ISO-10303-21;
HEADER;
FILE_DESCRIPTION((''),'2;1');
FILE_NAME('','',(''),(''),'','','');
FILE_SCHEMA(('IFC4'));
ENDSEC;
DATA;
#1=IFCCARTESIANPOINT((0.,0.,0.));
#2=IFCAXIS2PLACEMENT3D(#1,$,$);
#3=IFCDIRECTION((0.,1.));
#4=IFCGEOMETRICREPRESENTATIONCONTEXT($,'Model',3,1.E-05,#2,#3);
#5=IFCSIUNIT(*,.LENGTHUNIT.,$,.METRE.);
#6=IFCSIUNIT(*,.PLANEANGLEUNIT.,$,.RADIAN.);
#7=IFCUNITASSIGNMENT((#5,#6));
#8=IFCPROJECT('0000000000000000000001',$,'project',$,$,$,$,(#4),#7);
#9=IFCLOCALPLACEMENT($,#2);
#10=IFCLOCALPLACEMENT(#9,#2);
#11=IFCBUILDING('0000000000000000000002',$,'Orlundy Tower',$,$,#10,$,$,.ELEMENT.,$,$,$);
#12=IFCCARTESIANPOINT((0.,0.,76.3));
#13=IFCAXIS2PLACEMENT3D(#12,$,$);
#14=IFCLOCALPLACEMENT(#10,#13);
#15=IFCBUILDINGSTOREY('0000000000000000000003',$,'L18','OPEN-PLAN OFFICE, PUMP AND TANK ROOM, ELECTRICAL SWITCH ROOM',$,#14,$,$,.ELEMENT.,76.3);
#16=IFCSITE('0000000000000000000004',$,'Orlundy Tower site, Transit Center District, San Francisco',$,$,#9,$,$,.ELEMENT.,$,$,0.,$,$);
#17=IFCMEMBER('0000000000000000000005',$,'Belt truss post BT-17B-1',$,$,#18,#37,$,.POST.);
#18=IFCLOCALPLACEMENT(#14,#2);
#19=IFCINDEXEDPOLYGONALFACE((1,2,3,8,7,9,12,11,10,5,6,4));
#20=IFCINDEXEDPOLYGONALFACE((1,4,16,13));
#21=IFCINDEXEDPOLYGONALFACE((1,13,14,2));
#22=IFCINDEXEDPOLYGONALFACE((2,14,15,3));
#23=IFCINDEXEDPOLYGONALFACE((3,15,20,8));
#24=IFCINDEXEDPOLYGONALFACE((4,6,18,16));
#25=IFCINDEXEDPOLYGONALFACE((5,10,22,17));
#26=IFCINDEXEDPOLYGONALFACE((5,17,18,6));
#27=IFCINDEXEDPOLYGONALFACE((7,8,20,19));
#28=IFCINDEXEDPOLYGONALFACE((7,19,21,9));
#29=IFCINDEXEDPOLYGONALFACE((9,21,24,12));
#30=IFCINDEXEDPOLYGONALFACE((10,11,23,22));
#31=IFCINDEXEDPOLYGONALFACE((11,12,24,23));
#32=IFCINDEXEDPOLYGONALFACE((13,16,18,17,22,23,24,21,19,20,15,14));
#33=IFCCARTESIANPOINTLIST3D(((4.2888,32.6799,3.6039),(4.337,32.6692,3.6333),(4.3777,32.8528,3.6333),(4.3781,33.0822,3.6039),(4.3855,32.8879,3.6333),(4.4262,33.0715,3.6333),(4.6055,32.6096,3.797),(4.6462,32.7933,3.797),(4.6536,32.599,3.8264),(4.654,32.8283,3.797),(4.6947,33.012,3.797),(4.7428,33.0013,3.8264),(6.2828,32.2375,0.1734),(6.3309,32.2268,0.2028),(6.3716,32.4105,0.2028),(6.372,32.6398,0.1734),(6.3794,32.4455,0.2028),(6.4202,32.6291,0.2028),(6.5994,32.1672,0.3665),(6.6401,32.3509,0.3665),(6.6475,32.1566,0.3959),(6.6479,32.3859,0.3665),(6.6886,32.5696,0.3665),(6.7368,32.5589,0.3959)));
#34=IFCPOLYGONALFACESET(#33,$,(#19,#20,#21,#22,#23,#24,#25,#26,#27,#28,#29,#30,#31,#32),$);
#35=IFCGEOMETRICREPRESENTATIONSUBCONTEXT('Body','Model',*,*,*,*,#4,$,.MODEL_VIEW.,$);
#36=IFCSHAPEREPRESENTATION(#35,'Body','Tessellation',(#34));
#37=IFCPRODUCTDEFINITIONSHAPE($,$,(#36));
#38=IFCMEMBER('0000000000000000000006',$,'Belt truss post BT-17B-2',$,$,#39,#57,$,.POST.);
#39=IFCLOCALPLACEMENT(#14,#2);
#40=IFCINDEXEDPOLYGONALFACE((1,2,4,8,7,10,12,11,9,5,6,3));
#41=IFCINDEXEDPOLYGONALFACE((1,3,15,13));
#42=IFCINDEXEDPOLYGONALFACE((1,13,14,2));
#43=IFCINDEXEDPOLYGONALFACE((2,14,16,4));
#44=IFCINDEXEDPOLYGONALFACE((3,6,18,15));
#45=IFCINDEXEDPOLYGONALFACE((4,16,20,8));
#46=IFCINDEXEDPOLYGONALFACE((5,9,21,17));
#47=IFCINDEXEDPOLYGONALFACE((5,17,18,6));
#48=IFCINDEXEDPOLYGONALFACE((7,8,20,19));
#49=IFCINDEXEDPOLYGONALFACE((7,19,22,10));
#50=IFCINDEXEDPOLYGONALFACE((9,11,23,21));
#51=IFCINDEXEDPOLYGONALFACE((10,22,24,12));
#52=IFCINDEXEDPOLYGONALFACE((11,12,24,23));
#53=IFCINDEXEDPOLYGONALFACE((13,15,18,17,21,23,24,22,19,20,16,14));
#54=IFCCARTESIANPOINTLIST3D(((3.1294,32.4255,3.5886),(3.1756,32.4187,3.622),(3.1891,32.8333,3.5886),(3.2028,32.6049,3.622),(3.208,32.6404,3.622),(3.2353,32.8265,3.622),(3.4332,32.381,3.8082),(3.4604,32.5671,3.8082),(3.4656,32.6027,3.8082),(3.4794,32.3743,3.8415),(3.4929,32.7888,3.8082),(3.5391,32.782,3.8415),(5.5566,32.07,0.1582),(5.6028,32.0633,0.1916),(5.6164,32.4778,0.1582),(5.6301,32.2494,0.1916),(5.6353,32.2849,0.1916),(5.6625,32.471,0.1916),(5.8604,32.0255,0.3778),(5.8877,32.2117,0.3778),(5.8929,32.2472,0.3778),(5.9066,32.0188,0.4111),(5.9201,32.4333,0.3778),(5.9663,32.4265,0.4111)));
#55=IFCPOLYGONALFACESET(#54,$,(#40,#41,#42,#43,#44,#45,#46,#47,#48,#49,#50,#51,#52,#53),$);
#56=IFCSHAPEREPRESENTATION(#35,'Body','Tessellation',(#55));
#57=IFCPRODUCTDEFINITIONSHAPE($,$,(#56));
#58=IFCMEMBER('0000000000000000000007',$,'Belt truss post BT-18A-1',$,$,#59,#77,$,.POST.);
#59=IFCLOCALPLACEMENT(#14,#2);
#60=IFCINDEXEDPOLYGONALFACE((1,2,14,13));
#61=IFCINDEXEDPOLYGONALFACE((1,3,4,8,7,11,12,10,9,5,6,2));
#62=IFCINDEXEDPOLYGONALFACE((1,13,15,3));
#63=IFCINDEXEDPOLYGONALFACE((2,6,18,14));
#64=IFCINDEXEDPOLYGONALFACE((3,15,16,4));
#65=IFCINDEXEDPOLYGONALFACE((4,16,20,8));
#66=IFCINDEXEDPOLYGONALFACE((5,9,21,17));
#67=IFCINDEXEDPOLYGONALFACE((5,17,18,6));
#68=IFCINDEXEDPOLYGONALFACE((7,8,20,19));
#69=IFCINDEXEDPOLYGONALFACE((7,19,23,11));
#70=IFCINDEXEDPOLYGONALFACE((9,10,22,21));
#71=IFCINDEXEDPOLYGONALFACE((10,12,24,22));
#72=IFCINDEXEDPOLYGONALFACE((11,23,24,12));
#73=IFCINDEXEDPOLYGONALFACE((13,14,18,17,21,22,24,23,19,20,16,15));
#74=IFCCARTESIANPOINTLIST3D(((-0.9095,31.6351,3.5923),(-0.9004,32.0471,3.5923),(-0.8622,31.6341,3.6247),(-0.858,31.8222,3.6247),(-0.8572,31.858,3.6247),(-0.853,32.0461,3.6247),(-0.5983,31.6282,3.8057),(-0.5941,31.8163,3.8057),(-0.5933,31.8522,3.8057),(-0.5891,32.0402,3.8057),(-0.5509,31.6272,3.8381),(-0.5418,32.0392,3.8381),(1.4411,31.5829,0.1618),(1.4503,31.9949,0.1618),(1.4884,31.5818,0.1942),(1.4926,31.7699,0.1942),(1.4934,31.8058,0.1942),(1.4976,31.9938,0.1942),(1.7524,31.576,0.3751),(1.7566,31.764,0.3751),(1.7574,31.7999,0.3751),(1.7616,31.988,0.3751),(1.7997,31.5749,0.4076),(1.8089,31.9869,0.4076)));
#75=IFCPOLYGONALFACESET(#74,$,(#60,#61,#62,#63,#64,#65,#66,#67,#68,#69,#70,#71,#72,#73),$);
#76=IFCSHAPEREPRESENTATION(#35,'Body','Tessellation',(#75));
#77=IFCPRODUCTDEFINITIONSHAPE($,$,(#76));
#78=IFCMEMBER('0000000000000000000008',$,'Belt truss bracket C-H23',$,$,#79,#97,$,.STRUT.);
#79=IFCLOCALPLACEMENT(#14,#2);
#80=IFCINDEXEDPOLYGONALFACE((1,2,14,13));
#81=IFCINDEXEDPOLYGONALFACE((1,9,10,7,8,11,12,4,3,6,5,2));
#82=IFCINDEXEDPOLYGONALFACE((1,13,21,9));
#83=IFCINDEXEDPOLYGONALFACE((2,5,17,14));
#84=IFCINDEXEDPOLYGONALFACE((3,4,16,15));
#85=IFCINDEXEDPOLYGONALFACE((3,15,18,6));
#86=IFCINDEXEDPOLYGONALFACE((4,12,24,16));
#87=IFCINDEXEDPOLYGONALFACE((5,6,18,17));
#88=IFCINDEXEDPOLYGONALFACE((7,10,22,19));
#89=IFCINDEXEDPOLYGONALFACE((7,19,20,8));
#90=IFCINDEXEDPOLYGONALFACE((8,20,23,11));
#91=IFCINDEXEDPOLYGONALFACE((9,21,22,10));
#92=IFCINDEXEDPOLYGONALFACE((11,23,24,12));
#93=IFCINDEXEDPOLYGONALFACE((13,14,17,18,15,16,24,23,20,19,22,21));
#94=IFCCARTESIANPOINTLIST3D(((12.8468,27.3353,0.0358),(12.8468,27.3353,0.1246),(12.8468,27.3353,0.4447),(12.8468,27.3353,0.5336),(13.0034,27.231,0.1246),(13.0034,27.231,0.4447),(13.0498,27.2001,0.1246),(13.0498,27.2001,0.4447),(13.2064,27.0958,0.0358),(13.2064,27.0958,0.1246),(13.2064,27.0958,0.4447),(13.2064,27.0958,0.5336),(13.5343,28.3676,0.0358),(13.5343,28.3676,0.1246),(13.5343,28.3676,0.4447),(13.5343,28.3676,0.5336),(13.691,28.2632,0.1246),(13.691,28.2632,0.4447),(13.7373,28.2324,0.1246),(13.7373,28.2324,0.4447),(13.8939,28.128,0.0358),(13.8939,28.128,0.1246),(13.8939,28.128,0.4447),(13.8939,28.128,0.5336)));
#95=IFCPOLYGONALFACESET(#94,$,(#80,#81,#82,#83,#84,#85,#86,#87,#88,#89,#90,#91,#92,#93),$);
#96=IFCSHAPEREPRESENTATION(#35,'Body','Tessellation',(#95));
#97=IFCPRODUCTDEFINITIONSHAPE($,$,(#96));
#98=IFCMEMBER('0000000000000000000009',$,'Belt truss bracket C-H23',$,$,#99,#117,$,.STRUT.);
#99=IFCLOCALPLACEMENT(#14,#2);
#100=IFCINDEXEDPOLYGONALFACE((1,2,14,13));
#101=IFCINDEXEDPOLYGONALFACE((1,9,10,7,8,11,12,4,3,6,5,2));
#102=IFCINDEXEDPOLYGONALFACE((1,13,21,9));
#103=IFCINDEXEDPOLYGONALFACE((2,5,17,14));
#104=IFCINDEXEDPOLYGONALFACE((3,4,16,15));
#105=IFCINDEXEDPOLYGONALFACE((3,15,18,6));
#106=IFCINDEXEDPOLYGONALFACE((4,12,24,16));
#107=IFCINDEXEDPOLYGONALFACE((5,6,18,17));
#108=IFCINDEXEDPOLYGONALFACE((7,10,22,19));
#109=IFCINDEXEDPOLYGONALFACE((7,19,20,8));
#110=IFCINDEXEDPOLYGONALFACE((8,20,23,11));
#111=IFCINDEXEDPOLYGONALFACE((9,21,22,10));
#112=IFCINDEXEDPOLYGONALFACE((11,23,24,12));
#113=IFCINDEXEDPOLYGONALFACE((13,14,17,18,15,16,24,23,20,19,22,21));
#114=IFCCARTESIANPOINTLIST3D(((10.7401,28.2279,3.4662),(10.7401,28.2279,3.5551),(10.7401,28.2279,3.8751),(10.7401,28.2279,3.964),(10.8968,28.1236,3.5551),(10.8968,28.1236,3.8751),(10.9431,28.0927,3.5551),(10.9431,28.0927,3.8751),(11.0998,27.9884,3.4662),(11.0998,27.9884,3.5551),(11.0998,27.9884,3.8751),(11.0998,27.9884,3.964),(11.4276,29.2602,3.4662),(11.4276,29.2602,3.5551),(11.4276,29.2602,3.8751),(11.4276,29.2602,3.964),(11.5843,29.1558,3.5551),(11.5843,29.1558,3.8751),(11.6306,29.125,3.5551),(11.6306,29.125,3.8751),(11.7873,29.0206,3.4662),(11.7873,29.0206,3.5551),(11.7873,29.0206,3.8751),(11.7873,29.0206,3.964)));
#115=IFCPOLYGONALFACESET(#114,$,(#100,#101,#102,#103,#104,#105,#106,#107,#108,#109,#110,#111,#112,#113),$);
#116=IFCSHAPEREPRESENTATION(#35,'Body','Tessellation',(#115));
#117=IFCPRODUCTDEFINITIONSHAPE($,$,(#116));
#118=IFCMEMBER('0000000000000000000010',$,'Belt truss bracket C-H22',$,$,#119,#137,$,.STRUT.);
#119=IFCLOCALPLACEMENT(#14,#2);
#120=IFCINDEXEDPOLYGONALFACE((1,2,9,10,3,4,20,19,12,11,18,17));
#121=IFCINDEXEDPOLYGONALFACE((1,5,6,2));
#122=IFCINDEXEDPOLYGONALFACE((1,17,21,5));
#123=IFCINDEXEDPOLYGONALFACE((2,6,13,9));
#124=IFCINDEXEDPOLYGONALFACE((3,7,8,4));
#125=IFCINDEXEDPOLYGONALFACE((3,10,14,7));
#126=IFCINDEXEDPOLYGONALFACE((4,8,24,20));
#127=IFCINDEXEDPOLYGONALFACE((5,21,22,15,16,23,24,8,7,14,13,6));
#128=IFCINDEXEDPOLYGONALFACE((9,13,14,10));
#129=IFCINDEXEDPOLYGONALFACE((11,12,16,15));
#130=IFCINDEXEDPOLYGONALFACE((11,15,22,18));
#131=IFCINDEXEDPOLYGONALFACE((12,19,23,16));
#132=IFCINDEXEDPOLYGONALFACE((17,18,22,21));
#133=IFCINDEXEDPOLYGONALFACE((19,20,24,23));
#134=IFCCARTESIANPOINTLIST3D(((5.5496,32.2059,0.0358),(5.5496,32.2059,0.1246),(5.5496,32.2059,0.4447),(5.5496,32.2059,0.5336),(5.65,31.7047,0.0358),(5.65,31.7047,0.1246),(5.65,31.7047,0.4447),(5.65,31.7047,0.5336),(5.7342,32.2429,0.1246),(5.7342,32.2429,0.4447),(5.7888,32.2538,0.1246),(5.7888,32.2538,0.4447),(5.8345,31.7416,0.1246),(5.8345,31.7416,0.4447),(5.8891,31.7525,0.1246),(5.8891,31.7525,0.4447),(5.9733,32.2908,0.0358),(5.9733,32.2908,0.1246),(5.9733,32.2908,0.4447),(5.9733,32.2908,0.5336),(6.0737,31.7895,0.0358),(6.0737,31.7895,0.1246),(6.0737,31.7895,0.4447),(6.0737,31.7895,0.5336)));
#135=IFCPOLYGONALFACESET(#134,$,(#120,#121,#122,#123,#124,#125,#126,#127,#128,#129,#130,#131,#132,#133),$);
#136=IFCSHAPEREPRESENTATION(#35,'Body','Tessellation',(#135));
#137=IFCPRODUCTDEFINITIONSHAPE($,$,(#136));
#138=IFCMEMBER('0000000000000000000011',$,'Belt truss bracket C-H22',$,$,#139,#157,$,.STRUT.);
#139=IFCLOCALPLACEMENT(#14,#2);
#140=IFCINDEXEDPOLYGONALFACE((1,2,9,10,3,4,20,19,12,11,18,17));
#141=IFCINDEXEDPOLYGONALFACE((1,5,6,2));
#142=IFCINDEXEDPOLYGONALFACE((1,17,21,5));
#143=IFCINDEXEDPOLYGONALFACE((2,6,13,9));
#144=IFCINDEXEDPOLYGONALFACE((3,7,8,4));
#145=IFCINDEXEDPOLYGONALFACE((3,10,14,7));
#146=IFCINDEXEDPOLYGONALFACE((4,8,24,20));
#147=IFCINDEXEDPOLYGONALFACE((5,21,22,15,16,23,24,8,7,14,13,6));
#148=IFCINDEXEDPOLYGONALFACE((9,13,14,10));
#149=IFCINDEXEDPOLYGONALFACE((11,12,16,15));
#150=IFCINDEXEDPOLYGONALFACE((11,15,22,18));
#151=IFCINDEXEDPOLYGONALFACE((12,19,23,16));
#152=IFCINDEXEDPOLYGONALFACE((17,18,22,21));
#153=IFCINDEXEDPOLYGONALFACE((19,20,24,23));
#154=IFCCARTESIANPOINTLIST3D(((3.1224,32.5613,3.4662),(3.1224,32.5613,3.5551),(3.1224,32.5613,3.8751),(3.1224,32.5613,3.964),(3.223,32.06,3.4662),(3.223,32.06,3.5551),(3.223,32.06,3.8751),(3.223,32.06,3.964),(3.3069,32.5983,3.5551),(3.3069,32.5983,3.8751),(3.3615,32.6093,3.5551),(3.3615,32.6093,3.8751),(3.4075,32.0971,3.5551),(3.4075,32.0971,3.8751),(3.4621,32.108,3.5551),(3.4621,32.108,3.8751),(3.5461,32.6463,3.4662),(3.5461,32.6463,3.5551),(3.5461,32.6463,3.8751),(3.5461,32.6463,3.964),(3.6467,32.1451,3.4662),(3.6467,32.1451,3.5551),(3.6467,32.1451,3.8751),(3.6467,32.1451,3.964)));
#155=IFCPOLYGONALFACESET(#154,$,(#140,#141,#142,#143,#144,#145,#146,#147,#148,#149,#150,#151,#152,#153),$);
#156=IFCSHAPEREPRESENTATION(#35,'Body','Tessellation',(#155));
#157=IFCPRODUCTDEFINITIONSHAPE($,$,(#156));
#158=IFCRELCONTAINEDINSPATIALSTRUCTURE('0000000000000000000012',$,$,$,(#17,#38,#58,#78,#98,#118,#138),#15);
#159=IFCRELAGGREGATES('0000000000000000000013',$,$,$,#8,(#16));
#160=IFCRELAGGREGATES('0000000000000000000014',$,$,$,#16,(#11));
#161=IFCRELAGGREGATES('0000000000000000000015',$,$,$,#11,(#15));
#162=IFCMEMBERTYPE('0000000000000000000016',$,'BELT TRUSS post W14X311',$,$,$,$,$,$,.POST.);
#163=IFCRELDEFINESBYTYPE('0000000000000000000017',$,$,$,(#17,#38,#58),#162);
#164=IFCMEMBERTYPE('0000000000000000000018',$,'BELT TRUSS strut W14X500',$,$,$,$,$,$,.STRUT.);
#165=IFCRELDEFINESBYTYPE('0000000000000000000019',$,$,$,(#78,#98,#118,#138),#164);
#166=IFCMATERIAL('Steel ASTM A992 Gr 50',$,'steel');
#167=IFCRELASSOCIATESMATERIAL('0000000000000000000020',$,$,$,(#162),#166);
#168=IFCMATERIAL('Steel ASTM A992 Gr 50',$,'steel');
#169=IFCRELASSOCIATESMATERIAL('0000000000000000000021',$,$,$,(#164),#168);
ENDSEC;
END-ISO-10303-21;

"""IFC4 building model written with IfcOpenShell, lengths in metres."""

from ifc_helpers import new_model, si_unit, direction, frame, origin, origin_2d, place, context, subcontext, project, spatial, i_section, extrude, material, material_profile, profile_set, type_object, element, save


model = new_model("IFC4")

# Units and contexts
model_context = context("Model", 3, precision=1e-05, world=origin(), true_north=direction((0.0, 1.0)))
body_context = subcontext(model_context, "Body", "Model", "MODEL_VIEW")
ifc_project = project(units=[si_unit("LENGTHUNIT", "METRE"), si_unit("PLANEANGLEUNIT", "RADIAN")], contexts=[model_context])

# Site, building, storey
site_placement = place(None, origin())
site = spatial("IfcSite", under=ifc_project, at=site_placement, Name="Orlundy Tower site, Transit Center District, San Francisco", CompositionType="ELEMENT", RefElevation=0.0)
building_placement = place(site_placement, origin())
building = spatial("IfcBuilding", under=site, at=building_placement, Name="Orlundy Tower", CompositionType="ELEMENT")
storey_placement = place(building_placement, frame((0.0, 0.0, 76.3)))
storey = spatial("IfcBuildingStorey", under=building, at=storey_placement, Name="L18", Description="OPEN-PLAN OFFICE, PUMP AND TANK ROOM, ELECTRICAL SWITCH ROOM", CompositionType="ELEMENT", Elevation=76.3)

# Members
ifc_material_1 = material(Name="Steel ASTM A992 Gr 50", Category="steel")
ifc_material_profile_1 = material_profile(ifc_material_1, i_section(OverallWidth=0.4121, OverallDepth=0.4348, WebThickness=0.0359, FlangeThickness=0.0574, at=origin_2d()), Name="W14X311")
ifc_profile_set_1 = profile_set([ifc_material_profile_1], Name="Steel ASTM A992 Gr 50")
member_type_1 = type_object("IfcMemberType", Name="BELT TRUSS post W14X311", PredefinedType="POST", material=ifc_profile_set_1)
member_1_placement = place(storey_placement, frame((6.5098, 32.3982, 0.2847), z_axis=(-0.499425, 0.110807, 0.859242), x_axis=(-0.216601, -0.97626, 0.0)))
element("IfcMember", 1, at=member_1_placement, inside=storey, type_object=member_type_1, Name="Belt truss post BT-17B-1", PredefinedType="POST", context=body_context, shape_type="SweptSolid", body=[
    extrude(i_section(OverallWidth=0.4121, OverallDepth=0.4348, WebThickness=0.0359, FlangeThickness=0.0574, at=origin_2d()), origin(), (0.0, 0.0, 1.0), 3.9924),
])
member_2_placement = place(storey_placement, frame((5.7615, 32.2483, 0.2847), z_axis=(-0.575544, 0.084288, 0.813415), x_axis=(-0.144904, -0.989446, 0.0)))
element("IfcMember", 2, at=member_2_placement, inside=storey, type_object=member_type_1, Name="Belt truss post BT-17B-2", PredefinedType="POST", context=body_context, shape_type="SweptSolid", body=[
    extrude(i_section(OverallWidth=0.4121, OverallDepth=0.4348, WebThickness=0.0359, FlangeThickness=0.0574, at=origin_2d()), origin(), (0.0, 0.0, 1.0), 4.2173),
])
member_3_placement = place(storey_placement, frame((1.625, 31.7849, 0.2847), z_axis=(-0.565205, 0.012563, 0.824855), x_axis=(-0.022221, -0.999753, 0.0)))
element("IfcMember", 3, at=member_3_placement, inside=storey, type_object=member_type_1, Name="Belt truss post BT-18A-1", PredefinedType="POST", context=body_context, shape_type="SweptSolid", body=[
    extrude(i_section(OverallWidth=0.4121, OverallDepth=0.4348, WebThickness=0.0359, FlangeThickness=0.0574, at=origin_2d()), origin(), (0.0, 0.0, 1.0), 4.1589),
])
ifc_material_2 = material(Name="Steel ASTM A992 Gr 50", Category="steel")
ifc_material_profile_2 = material_profile(ifc_material_2, i_section(OverallWidth=0.4321, OverallDepth=0.4978, WebThickness=0.0557, FlangeThickness=0.0889, at=origin_2d()), Name="W14X500")
ifc_profile_set_2 = profile_set([ifc_material_profile_2], Name="Steel ASTM A992 Gr 50")
member_type_2 = type_object("IfcMemberType", Name="BELT TRUSS strut W14X500", PredefinedType="STRUT", material=ifc_profile_set_2)
for number, where, z_axis, x_axis, name in (
    (4, (13.0266, 27.2156, 0.2847), (0.554337, 0.832292, 0.0), (-0.832292, 0.554337, 0.0), "Belt truss bracket C-H23"),
    (5, (10.9199, 28.1082, 3.7151), (0.554337, 0.832292, 0.0), (-0.832292, 0.554337, 0.0), "Belt truss bracket C-H23"),
):
    element("IfcMember", number, at=place(storey_placement, frame(where, z_axis=z_axis, x_axis=x_axis)), inside=storey, type_object=member_type_2, Name=name, PredefinedType="STRUT", context=body_context, shape_type="SweptSolid", body=[
        extrude(i_section(OverallWidth=0.4321, OverallDepth=0.4978, WebThickness=0.0557, FlangeThickness=0.0889, at=origin_2d()), origin(), (0.0, 0.0, 1.0), 1.2402),
    ])
for number, where, z_axis, x_axis, name in (
    (6, (5.8618, 31.7471, 0.2847), (-0.1963, 0.980544, 0.0), (-0.980544, -0.1963, 0.0), "Belt truss bracket C-H22"),
    (7, (3.4348, 32.1025, 3.7151), (-0.196759, 0.980452, 0.0), (-0.980452, -0.196759, 0.0), "Belt truss bracket C-H22"),
):
    element("IfcMember", number, at=place(storey_placement, frame(where, z_axis=z_axis, x_axis=x_axis)), inside=storey, type_object=member_type_2, Name=name, PredefinedType="STRUT", context=body_context, shape_type="SweptSolid", body=[
        extrude(i_section(OverallWidth=0.4321, OverallDepth=0.4978, WebThickness=0.0557, FlangeThickness=0.0889, at=origin_2d()), origin(), (0.0, 0.0, 1.0), 0.5112),
    ])

save(model, "model.ifc")
